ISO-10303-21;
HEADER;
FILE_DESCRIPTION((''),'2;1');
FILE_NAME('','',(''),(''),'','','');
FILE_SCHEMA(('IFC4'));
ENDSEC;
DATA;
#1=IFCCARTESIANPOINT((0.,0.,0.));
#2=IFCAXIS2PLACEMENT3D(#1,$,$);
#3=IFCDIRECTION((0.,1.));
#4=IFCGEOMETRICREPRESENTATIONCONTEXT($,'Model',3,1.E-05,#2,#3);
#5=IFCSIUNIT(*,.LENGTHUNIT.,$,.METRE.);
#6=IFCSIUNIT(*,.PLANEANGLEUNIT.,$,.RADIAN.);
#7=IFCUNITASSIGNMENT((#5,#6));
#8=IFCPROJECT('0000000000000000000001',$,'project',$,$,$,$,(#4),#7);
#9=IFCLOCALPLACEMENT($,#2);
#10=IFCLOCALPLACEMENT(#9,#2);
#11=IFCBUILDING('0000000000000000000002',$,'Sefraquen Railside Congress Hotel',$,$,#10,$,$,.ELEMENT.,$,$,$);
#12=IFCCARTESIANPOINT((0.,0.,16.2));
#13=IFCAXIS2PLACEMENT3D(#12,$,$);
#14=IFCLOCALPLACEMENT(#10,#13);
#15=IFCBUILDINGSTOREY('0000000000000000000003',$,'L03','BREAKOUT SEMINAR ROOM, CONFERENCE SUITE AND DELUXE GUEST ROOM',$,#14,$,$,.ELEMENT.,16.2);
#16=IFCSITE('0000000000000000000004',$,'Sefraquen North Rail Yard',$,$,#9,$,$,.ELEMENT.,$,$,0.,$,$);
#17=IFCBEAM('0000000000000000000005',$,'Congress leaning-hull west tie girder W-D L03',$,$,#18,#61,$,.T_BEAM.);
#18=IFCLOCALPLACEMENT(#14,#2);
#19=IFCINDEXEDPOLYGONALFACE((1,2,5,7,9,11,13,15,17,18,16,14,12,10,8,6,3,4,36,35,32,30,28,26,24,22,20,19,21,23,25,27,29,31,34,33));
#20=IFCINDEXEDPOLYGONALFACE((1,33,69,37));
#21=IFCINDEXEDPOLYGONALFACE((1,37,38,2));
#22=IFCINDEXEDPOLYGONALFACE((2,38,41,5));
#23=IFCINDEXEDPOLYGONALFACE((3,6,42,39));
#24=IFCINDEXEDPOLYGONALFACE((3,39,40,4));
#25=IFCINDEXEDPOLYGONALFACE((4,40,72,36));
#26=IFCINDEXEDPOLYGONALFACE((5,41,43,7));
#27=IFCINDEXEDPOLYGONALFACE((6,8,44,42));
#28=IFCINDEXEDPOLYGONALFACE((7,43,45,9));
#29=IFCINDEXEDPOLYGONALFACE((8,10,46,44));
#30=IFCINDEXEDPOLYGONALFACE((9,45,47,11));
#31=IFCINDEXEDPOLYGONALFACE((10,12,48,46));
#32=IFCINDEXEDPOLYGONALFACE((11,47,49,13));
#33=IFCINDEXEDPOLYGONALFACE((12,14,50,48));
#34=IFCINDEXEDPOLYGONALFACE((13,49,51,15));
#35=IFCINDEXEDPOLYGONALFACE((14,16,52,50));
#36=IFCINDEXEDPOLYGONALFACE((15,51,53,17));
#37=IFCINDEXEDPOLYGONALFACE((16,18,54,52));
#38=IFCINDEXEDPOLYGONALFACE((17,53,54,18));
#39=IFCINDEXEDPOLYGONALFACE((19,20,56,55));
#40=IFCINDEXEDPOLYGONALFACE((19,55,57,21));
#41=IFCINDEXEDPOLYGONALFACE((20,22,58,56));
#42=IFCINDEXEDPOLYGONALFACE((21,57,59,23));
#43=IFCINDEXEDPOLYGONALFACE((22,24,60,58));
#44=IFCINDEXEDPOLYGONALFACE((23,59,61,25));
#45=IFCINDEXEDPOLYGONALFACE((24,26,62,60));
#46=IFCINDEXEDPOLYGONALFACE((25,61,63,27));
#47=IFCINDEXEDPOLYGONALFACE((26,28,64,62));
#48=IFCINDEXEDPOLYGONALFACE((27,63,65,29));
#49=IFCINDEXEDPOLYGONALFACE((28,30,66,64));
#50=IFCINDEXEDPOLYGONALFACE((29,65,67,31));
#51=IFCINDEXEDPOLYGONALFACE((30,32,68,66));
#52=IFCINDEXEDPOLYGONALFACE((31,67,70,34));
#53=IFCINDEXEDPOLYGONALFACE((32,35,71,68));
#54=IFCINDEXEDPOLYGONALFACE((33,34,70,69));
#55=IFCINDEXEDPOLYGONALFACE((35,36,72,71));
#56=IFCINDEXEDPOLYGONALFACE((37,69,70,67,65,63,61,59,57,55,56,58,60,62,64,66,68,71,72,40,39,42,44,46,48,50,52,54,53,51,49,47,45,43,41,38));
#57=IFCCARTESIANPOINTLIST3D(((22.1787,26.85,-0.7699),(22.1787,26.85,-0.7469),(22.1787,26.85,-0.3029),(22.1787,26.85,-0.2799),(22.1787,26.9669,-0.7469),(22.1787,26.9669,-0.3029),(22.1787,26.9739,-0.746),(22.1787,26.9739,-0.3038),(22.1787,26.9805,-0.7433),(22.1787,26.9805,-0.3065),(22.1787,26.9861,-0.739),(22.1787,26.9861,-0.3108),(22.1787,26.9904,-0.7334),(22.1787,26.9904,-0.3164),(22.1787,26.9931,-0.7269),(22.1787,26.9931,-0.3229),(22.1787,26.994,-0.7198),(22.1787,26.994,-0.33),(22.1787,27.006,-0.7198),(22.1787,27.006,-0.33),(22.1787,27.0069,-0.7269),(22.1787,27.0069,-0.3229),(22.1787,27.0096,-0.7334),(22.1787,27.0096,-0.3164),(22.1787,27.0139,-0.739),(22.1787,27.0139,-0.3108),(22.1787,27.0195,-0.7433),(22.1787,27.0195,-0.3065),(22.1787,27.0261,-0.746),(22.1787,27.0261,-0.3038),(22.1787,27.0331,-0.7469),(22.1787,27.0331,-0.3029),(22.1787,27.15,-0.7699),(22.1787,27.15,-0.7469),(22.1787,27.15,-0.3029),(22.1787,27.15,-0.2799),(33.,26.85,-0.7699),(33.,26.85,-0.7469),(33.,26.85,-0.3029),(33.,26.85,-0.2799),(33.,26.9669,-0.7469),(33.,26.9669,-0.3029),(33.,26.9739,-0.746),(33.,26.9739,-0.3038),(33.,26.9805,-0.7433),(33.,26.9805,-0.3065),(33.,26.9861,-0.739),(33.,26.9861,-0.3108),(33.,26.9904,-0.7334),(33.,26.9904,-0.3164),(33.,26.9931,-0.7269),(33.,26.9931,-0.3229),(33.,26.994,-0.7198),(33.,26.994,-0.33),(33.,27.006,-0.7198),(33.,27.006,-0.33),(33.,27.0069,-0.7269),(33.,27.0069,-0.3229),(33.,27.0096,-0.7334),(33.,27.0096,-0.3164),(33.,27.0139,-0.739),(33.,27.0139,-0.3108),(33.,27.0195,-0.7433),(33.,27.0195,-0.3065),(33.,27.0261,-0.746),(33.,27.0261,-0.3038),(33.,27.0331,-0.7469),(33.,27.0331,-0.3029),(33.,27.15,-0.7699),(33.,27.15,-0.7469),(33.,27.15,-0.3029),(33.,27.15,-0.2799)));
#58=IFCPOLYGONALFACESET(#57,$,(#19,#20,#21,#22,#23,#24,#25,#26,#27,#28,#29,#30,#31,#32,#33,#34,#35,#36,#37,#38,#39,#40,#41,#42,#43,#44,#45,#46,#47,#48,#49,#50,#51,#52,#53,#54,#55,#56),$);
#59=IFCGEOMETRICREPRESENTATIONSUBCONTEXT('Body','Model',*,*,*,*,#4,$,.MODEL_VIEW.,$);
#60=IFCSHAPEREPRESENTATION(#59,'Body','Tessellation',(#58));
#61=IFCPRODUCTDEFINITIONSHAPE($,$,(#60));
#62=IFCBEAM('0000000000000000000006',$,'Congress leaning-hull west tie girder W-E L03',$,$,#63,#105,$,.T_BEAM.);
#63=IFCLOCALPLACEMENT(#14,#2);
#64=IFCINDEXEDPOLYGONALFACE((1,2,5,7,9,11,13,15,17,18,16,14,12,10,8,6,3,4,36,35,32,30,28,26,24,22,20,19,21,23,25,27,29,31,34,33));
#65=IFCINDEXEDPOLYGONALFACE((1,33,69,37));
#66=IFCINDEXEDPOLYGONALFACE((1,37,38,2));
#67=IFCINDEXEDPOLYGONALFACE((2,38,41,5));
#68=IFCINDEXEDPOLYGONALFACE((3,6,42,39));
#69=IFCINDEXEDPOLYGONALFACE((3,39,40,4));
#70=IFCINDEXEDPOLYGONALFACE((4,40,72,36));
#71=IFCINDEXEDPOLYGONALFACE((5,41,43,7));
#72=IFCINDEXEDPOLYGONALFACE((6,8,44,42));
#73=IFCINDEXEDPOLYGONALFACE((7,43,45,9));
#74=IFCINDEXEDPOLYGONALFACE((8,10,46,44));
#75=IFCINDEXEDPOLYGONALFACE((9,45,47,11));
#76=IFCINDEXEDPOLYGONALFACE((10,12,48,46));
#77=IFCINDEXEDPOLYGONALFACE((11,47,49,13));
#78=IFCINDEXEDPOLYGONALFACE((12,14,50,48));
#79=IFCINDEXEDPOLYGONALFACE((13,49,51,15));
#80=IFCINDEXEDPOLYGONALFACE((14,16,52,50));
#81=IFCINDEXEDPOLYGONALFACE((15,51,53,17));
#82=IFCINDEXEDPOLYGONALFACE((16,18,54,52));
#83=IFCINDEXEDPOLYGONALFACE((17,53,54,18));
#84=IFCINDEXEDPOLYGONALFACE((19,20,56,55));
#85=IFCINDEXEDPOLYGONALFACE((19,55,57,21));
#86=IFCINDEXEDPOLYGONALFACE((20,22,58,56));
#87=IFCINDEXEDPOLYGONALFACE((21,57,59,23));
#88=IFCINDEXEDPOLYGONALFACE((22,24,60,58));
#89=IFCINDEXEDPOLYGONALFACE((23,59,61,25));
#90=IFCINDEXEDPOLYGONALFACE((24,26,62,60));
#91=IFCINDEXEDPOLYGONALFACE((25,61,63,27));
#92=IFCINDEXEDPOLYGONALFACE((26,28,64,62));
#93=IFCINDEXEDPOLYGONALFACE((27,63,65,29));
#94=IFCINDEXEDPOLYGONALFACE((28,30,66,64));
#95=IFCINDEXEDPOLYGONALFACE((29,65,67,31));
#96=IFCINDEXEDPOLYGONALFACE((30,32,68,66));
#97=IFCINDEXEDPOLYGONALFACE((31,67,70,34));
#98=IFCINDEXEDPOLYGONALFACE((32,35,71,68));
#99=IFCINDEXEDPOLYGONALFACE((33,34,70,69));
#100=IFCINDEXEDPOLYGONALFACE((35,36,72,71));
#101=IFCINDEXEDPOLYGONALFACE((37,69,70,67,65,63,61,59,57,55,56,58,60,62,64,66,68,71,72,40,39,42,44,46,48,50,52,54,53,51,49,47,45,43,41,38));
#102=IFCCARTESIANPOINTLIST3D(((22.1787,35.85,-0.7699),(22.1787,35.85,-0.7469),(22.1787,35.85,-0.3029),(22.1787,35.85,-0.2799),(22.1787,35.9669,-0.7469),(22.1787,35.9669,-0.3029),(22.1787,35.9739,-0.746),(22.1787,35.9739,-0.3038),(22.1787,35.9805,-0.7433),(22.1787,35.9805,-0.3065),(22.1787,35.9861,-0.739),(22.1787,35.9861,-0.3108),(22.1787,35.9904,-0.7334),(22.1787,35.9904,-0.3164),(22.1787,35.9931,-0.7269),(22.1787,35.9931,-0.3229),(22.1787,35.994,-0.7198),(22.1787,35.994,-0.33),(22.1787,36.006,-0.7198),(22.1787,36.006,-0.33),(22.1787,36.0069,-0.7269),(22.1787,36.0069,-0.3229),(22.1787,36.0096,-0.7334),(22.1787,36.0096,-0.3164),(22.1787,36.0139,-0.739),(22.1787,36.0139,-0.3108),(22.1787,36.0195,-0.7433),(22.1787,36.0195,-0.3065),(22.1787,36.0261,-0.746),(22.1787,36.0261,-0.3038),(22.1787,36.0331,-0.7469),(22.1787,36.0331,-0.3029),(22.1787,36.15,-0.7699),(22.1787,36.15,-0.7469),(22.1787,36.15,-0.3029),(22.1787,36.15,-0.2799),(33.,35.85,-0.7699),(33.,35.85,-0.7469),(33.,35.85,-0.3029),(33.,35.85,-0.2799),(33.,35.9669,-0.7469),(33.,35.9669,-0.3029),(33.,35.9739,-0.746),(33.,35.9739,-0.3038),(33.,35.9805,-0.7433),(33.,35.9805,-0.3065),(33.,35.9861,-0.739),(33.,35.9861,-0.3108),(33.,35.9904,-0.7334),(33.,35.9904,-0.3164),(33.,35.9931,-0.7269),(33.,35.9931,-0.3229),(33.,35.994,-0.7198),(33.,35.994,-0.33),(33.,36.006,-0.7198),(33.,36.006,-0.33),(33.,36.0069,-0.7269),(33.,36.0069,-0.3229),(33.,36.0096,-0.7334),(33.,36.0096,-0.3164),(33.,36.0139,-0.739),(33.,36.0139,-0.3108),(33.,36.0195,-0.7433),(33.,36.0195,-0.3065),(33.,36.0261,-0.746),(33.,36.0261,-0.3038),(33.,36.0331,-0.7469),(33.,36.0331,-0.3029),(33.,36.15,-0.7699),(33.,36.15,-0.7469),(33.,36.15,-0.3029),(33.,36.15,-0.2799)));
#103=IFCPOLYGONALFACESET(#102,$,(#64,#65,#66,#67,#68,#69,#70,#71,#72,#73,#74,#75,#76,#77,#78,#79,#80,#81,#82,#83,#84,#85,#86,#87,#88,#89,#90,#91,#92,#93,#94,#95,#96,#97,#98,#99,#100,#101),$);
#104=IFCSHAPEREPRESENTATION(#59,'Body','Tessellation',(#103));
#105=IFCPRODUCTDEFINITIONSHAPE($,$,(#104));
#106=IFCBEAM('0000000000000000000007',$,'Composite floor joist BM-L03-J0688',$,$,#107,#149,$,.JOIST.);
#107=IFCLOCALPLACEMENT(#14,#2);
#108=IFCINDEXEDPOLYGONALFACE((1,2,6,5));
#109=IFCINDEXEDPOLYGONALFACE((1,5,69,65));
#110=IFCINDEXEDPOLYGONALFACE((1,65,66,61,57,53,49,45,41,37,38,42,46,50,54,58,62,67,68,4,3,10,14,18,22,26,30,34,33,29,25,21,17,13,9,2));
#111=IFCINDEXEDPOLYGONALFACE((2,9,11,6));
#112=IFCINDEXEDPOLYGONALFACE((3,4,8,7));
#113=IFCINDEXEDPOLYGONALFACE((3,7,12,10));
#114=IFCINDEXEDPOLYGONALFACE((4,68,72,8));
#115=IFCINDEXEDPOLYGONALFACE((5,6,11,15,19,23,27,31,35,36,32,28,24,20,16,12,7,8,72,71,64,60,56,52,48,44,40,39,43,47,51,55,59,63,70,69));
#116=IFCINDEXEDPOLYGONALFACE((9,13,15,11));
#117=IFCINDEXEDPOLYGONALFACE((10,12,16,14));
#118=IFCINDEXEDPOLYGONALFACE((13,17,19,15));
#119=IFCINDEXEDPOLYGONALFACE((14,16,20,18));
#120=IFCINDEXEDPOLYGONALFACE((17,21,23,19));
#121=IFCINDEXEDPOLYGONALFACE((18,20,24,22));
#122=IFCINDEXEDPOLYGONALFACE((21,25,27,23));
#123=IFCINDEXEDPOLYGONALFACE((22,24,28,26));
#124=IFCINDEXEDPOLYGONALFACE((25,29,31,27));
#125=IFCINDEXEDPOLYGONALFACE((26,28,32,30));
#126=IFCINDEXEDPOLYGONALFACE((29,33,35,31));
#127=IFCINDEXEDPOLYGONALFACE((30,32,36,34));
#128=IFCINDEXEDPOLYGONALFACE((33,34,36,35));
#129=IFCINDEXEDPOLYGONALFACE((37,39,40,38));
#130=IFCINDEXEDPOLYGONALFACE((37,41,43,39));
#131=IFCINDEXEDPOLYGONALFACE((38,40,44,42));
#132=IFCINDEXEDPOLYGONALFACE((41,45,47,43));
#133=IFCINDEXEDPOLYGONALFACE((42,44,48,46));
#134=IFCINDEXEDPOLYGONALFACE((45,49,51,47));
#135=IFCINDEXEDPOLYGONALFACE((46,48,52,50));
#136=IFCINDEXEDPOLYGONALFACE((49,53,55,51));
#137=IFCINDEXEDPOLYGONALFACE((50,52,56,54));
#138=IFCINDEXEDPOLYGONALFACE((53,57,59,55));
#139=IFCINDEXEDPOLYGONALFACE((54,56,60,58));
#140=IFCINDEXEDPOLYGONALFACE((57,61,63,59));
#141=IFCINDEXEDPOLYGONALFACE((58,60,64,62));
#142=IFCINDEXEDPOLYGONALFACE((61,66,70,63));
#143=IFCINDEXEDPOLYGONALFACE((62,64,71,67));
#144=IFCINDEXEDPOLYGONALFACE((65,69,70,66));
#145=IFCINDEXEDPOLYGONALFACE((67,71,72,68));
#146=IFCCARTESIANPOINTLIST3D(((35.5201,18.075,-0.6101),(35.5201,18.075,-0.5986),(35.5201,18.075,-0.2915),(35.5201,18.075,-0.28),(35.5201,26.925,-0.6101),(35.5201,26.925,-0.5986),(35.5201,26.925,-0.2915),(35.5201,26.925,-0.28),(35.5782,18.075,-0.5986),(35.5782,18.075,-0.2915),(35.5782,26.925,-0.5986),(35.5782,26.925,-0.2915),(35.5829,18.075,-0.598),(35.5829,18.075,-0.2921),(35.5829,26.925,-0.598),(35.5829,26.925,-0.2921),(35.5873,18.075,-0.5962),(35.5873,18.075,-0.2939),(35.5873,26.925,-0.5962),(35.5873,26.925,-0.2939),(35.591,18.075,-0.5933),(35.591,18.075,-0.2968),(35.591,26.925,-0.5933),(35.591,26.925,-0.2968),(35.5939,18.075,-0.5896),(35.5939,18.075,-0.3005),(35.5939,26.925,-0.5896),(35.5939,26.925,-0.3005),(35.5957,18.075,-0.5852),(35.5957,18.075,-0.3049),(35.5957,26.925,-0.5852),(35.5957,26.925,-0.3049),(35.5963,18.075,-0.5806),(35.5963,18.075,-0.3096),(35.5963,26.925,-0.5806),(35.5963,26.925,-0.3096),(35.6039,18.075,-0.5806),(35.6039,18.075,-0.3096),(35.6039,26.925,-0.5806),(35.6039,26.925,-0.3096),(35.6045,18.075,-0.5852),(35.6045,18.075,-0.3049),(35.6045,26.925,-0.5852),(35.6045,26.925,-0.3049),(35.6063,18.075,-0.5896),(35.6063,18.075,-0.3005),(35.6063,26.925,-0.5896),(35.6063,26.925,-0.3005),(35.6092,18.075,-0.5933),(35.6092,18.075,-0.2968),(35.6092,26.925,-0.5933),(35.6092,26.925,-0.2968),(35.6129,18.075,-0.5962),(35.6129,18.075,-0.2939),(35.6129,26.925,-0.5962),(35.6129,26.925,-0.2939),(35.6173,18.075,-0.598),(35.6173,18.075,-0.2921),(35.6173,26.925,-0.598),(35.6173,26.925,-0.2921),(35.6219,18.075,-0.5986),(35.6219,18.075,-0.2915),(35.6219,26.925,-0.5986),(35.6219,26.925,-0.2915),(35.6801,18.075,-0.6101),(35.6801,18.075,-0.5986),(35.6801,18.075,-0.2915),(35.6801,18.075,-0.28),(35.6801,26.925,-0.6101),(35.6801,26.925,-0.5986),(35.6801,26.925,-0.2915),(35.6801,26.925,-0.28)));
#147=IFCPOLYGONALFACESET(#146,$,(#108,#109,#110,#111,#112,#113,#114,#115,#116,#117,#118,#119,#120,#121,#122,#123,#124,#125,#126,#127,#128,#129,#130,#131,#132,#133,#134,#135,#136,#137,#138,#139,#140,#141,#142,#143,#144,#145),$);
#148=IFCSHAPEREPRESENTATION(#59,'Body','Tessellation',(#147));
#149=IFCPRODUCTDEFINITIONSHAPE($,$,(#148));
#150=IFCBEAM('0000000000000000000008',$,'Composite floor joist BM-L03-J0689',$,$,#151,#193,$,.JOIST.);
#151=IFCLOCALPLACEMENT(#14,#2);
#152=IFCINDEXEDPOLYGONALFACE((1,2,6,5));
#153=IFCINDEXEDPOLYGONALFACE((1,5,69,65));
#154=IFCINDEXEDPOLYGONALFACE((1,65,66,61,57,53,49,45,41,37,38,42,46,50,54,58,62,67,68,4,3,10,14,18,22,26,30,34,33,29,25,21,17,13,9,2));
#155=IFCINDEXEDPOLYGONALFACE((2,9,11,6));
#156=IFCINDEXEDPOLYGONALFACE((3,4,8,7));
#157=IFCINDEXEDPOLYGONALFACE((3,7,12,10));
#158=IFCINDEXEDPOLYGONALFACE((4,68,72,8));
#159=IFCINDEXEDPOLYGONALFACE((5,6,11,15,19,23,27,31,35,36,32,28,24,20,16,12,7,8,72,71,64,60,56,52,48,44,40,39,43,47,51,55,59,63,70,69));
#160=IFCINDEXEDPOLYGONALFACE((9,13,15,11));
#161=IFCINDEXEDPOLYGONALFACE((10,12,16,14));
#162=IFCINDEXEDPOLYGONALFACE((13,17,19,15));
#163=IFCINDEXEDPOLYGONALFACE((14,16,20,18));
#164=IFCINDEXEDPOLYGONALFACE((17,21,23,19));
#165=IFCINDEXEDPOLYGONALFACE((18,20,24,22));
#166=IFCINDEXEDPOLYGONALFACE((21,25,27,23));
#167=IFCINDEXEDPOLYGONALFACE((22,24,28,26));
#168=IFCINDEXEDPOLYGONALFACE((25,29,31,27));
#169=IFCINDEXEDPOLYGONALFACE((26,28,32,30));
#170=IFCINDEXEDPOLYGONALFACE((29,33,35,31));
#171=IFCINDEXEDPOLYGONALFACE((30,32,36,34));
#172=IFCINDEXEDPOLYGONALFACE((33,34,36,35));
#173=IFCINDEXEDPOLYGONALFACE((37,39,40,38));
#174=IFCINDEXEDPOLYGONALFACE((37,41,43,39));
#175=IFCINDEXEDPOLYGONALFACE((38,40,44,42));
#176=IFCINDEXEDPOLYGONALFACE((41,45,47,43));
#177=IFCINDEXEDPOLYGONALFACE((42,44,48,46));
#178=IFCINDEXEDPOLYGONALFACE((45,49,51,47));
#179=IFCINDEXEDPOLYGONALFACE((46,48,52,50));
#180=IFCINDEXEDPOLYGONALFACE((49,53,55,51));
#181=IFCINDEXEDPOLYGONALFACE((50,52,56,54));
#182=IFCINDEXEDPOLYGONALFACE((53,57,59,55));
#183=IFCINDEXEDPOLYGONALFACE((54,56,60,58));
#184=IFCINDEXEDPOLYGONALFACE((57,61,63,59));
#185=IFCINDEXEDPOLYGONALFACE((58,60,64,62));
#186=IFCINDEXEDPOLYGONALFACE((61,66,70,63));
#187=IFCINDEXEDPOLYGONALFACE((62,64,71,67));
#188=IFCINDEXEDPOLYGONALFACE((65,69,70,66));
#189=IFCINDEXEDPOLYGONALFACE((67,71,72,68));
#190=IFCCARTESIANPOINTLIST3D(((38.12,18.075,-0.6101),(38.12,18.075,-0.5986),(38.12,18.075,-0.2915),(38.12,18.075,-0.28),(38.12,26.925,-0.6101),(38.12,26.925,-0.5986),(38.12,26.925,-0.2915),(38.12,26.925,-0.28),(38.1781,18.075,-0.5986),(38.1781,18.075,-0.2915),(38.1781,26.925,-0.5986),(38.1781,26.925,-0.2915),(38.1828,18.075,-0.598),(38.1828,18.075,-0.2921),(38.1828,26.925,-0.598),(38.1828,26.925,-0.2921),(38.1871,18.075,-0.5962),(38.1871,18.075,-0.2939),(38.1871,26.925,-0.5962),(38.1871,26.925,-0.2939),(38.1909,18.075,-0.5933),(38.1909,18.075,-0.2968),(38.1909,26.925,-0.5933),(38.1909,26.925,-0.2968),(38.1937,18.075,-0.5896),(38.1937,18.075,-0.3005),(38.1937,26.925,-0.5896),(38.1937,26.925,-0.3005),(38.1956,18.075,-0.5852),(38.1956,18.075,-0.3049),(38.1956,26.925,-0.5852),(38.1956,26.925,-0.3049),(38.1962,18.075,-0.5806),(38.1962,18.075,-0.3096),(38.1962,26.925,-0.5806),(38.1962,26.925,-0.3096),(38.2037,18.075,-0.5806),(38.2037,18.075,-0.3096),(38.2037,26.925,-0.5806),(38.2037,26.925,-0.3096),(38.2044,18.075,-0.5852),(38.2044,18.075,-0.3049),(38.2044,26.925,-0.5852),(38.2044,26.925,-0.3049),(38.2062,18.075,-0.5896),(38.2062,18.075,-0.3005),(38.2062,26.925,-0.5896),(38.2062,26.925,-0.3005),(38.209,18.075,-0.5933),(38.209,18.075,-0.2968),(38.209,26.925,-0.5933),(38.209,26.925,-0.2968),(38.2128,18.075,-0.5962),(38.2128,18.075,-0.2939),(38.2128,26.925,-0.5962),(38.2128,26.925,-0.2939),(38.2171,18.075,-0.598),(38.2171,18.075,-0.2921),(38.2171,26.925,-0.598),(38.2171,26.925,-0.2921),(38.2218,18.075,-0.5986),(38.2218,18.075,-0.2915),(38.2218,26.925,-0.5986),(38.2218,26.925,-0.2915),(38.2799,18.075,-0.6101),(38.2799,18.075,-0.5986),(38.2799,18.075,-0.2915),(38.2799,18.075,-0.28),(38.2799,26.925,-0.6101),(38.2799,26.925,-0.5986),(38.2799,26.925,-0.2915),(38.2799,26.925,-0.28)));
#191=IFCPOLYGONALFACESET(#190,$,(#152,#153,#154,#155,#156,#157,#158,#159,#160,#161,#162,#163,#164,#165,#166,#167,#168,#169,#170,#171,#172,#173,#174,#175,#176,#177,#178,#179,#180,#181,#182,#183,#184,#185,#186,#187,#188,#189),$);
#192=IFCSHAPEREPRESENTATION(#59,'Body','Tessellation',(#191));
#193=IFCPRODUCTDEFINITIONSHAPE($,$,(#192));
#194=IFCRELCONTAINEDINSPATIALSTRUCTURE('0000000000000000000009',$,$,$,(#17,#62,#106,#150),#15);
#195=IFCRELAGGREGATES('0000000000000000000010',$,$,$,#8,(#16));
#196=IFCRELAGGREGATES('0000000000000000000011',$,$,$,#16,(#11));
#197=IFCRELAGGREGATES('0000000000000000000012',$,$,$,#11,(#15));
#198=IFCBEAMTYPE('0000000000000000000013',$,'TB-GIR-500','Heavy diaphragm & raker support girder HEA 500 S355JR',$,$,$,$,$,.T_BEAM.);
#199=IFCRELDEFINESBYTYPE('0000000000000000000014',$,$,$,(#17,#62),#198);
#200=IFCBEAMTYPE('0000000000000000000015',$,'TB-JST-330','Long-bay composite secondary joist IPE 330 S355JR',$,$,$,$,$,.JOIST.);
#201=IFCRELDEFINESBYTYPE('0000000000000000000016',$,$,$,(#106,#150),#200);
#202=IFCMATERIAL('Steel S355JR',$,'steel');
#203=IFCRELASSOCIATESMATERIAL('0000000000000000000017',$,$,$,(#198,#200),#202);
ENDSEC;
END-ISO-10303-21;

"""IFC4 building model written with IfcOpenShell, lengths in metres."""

from ifc_helpers import new_model, si_unit, direction, frame, origin, origin_2d, place, context, subcontext, project, spatial, i_section, extrude, material, material_profile, profile_set, type_object, element, save


model = new_model("IFC4")

# Units and contexts
model_context = context("Model", 3, precision=1e-05, world=origin(), true_north=direction((0.0, 1.0)))
body_context = subcontext(model_context, "Body", "Model", "MODEL_VIEW")
ifc_project = project(units=[si_unit("LENGTHUNIT", "METRE"), si_unit("PLANEANGLEUNIT", "RADIAN")], contexts=[model_context])

# Site, building, storey
site_placement = place(None, origin())
site = spatial("IfcSite", under=ifc_project, at=site_placement, Name="Sefraquen North Rail Yard", CompositionType="ELEMENT", RefElevation=0.0)
building_placement = place(site_placement, origin())
building = spatial("IfcBuilding", under=site, at=building_placement, Name="Sefraquen Railside Congress Hotel", CompositionType="ELEMENT")
storey_placement = place(building_placement, frame((0.0, 0.0, 16.2)))
storey = spatial("IfcBuildingStorey", under=building, at=storey_placement, Name="L03", Description="BREAKOUT SEMINAR ROOM, CONFERENCE SUITE AND DELUXE GUEST ROOM", CompositionType="ELEMENT", Elevation=16.2)

# Shared definitions
ifc_material_1 = material(Name="Steel S355JR", Category="steel")

# Beams
ifc_material_profile_1 = material_profile(ifc_material_1, i_section(OverallWidth=0.3, OverallDepth=0.49, WebThickness=0.012, FlangeThickness=0.0229, FilletRadius=0.0271, at=origin_2d()), Name="HEA 500")
ifc_profile_set_1 = profile_set([ifc_material_profile_1], Name="Steel S355JR")
beam_type_1 = type_object("IfcBeamType", Name="TB-GIR-500", Description="Heavy diaphragm & raker support girder HEA 500 S355JR", PredefinedType="T_BEAM", material=ifc_profile_set_1)
for number, where, z_axis, x_axis, name in (
    (1, (22.1787, 27.0, -0.5249), (1.0, 0.0, 0.0), (0.0, 1.0, 0.0), "Congress leaning-hull west tie girder W-D L03"),
    (2, (22.1787, 36.0, -0.5249), (1.0, 0.0, 0.0), (0.0, 1.0, 0.0), "Congress leaning-hull west tie girder W-E L03"),
):
    element("IfcBeam", number, at=place(storey_placement, frame(where, z_axis=z_axis, x_axis=x_axis)), inside=storey, type_object=beam_type_1, Name=name, PredefinedType="T_BEAM", context=body_context, shape_type="SweptSolid", body=[
        extrude(i_section(OverallWidth=0.3, OverallDepth=0.49, WebThickness=0.012, FlangeThickness=0.0229, FilletRadius=0.0271, at=origin_2d()), origin(), (0.0, 0.0, 1.0), 10.8213),
    ])
ifc_material_profile_2 = material_profile(ifc_material_1, i_section(OverallWidth=0.1599, OverallDepth=0.3301, WebThickness=0.0076, FlangeThickness=0.0115, FilletRadius=0.0181, at=origin_2d()), Name="IPE 330")
ifc_profile_set_2 = profile_set([ifc_material_profile_2], Name="Steel S355JR")
beam_type_2 = type_object("IfcBeamType", Name="TB-JST-330", Description="Long-bay composite secondary joist IPE 330 S355JR", PredefinedType="JOIST", material=ifc_profile_set_2)
for number, where, z_axis, x_axis, name in (
    (3, (35.6001, 18.075, -0.4451), (0.0, 1.0, 0.0), (-1.0, 0.0, 0.0), "Composite floor joist BM-L03-J0688"),
    (4, (38.2, 18.075, -0.4451), (0.0, 1.0, 0.0), (-1.0, 0.0, 0.0), "Composite floor joist BM-L03-J0689"),
):
    element("IfcBeam", number, at=place(storey_placement, frame(where, z_axis=z_axis, x_axis=x_axis)), inside=storey, type_object=beam_type_2, Name=name, PredefinedType="JOIST", context=body_context, shape_type="SweptSolid", body=[
        extrude(i_section(OverallWidth=0.1599, OverallDepth=0.3301, WebThickness=0.0076, FlangeThickness=0.0115, FilletRadius=0.0181, at=origin_2d()), origin(), (0.0, 0.0, 1.0), 8.8501),
    ])

save(model, "model.ifc")
